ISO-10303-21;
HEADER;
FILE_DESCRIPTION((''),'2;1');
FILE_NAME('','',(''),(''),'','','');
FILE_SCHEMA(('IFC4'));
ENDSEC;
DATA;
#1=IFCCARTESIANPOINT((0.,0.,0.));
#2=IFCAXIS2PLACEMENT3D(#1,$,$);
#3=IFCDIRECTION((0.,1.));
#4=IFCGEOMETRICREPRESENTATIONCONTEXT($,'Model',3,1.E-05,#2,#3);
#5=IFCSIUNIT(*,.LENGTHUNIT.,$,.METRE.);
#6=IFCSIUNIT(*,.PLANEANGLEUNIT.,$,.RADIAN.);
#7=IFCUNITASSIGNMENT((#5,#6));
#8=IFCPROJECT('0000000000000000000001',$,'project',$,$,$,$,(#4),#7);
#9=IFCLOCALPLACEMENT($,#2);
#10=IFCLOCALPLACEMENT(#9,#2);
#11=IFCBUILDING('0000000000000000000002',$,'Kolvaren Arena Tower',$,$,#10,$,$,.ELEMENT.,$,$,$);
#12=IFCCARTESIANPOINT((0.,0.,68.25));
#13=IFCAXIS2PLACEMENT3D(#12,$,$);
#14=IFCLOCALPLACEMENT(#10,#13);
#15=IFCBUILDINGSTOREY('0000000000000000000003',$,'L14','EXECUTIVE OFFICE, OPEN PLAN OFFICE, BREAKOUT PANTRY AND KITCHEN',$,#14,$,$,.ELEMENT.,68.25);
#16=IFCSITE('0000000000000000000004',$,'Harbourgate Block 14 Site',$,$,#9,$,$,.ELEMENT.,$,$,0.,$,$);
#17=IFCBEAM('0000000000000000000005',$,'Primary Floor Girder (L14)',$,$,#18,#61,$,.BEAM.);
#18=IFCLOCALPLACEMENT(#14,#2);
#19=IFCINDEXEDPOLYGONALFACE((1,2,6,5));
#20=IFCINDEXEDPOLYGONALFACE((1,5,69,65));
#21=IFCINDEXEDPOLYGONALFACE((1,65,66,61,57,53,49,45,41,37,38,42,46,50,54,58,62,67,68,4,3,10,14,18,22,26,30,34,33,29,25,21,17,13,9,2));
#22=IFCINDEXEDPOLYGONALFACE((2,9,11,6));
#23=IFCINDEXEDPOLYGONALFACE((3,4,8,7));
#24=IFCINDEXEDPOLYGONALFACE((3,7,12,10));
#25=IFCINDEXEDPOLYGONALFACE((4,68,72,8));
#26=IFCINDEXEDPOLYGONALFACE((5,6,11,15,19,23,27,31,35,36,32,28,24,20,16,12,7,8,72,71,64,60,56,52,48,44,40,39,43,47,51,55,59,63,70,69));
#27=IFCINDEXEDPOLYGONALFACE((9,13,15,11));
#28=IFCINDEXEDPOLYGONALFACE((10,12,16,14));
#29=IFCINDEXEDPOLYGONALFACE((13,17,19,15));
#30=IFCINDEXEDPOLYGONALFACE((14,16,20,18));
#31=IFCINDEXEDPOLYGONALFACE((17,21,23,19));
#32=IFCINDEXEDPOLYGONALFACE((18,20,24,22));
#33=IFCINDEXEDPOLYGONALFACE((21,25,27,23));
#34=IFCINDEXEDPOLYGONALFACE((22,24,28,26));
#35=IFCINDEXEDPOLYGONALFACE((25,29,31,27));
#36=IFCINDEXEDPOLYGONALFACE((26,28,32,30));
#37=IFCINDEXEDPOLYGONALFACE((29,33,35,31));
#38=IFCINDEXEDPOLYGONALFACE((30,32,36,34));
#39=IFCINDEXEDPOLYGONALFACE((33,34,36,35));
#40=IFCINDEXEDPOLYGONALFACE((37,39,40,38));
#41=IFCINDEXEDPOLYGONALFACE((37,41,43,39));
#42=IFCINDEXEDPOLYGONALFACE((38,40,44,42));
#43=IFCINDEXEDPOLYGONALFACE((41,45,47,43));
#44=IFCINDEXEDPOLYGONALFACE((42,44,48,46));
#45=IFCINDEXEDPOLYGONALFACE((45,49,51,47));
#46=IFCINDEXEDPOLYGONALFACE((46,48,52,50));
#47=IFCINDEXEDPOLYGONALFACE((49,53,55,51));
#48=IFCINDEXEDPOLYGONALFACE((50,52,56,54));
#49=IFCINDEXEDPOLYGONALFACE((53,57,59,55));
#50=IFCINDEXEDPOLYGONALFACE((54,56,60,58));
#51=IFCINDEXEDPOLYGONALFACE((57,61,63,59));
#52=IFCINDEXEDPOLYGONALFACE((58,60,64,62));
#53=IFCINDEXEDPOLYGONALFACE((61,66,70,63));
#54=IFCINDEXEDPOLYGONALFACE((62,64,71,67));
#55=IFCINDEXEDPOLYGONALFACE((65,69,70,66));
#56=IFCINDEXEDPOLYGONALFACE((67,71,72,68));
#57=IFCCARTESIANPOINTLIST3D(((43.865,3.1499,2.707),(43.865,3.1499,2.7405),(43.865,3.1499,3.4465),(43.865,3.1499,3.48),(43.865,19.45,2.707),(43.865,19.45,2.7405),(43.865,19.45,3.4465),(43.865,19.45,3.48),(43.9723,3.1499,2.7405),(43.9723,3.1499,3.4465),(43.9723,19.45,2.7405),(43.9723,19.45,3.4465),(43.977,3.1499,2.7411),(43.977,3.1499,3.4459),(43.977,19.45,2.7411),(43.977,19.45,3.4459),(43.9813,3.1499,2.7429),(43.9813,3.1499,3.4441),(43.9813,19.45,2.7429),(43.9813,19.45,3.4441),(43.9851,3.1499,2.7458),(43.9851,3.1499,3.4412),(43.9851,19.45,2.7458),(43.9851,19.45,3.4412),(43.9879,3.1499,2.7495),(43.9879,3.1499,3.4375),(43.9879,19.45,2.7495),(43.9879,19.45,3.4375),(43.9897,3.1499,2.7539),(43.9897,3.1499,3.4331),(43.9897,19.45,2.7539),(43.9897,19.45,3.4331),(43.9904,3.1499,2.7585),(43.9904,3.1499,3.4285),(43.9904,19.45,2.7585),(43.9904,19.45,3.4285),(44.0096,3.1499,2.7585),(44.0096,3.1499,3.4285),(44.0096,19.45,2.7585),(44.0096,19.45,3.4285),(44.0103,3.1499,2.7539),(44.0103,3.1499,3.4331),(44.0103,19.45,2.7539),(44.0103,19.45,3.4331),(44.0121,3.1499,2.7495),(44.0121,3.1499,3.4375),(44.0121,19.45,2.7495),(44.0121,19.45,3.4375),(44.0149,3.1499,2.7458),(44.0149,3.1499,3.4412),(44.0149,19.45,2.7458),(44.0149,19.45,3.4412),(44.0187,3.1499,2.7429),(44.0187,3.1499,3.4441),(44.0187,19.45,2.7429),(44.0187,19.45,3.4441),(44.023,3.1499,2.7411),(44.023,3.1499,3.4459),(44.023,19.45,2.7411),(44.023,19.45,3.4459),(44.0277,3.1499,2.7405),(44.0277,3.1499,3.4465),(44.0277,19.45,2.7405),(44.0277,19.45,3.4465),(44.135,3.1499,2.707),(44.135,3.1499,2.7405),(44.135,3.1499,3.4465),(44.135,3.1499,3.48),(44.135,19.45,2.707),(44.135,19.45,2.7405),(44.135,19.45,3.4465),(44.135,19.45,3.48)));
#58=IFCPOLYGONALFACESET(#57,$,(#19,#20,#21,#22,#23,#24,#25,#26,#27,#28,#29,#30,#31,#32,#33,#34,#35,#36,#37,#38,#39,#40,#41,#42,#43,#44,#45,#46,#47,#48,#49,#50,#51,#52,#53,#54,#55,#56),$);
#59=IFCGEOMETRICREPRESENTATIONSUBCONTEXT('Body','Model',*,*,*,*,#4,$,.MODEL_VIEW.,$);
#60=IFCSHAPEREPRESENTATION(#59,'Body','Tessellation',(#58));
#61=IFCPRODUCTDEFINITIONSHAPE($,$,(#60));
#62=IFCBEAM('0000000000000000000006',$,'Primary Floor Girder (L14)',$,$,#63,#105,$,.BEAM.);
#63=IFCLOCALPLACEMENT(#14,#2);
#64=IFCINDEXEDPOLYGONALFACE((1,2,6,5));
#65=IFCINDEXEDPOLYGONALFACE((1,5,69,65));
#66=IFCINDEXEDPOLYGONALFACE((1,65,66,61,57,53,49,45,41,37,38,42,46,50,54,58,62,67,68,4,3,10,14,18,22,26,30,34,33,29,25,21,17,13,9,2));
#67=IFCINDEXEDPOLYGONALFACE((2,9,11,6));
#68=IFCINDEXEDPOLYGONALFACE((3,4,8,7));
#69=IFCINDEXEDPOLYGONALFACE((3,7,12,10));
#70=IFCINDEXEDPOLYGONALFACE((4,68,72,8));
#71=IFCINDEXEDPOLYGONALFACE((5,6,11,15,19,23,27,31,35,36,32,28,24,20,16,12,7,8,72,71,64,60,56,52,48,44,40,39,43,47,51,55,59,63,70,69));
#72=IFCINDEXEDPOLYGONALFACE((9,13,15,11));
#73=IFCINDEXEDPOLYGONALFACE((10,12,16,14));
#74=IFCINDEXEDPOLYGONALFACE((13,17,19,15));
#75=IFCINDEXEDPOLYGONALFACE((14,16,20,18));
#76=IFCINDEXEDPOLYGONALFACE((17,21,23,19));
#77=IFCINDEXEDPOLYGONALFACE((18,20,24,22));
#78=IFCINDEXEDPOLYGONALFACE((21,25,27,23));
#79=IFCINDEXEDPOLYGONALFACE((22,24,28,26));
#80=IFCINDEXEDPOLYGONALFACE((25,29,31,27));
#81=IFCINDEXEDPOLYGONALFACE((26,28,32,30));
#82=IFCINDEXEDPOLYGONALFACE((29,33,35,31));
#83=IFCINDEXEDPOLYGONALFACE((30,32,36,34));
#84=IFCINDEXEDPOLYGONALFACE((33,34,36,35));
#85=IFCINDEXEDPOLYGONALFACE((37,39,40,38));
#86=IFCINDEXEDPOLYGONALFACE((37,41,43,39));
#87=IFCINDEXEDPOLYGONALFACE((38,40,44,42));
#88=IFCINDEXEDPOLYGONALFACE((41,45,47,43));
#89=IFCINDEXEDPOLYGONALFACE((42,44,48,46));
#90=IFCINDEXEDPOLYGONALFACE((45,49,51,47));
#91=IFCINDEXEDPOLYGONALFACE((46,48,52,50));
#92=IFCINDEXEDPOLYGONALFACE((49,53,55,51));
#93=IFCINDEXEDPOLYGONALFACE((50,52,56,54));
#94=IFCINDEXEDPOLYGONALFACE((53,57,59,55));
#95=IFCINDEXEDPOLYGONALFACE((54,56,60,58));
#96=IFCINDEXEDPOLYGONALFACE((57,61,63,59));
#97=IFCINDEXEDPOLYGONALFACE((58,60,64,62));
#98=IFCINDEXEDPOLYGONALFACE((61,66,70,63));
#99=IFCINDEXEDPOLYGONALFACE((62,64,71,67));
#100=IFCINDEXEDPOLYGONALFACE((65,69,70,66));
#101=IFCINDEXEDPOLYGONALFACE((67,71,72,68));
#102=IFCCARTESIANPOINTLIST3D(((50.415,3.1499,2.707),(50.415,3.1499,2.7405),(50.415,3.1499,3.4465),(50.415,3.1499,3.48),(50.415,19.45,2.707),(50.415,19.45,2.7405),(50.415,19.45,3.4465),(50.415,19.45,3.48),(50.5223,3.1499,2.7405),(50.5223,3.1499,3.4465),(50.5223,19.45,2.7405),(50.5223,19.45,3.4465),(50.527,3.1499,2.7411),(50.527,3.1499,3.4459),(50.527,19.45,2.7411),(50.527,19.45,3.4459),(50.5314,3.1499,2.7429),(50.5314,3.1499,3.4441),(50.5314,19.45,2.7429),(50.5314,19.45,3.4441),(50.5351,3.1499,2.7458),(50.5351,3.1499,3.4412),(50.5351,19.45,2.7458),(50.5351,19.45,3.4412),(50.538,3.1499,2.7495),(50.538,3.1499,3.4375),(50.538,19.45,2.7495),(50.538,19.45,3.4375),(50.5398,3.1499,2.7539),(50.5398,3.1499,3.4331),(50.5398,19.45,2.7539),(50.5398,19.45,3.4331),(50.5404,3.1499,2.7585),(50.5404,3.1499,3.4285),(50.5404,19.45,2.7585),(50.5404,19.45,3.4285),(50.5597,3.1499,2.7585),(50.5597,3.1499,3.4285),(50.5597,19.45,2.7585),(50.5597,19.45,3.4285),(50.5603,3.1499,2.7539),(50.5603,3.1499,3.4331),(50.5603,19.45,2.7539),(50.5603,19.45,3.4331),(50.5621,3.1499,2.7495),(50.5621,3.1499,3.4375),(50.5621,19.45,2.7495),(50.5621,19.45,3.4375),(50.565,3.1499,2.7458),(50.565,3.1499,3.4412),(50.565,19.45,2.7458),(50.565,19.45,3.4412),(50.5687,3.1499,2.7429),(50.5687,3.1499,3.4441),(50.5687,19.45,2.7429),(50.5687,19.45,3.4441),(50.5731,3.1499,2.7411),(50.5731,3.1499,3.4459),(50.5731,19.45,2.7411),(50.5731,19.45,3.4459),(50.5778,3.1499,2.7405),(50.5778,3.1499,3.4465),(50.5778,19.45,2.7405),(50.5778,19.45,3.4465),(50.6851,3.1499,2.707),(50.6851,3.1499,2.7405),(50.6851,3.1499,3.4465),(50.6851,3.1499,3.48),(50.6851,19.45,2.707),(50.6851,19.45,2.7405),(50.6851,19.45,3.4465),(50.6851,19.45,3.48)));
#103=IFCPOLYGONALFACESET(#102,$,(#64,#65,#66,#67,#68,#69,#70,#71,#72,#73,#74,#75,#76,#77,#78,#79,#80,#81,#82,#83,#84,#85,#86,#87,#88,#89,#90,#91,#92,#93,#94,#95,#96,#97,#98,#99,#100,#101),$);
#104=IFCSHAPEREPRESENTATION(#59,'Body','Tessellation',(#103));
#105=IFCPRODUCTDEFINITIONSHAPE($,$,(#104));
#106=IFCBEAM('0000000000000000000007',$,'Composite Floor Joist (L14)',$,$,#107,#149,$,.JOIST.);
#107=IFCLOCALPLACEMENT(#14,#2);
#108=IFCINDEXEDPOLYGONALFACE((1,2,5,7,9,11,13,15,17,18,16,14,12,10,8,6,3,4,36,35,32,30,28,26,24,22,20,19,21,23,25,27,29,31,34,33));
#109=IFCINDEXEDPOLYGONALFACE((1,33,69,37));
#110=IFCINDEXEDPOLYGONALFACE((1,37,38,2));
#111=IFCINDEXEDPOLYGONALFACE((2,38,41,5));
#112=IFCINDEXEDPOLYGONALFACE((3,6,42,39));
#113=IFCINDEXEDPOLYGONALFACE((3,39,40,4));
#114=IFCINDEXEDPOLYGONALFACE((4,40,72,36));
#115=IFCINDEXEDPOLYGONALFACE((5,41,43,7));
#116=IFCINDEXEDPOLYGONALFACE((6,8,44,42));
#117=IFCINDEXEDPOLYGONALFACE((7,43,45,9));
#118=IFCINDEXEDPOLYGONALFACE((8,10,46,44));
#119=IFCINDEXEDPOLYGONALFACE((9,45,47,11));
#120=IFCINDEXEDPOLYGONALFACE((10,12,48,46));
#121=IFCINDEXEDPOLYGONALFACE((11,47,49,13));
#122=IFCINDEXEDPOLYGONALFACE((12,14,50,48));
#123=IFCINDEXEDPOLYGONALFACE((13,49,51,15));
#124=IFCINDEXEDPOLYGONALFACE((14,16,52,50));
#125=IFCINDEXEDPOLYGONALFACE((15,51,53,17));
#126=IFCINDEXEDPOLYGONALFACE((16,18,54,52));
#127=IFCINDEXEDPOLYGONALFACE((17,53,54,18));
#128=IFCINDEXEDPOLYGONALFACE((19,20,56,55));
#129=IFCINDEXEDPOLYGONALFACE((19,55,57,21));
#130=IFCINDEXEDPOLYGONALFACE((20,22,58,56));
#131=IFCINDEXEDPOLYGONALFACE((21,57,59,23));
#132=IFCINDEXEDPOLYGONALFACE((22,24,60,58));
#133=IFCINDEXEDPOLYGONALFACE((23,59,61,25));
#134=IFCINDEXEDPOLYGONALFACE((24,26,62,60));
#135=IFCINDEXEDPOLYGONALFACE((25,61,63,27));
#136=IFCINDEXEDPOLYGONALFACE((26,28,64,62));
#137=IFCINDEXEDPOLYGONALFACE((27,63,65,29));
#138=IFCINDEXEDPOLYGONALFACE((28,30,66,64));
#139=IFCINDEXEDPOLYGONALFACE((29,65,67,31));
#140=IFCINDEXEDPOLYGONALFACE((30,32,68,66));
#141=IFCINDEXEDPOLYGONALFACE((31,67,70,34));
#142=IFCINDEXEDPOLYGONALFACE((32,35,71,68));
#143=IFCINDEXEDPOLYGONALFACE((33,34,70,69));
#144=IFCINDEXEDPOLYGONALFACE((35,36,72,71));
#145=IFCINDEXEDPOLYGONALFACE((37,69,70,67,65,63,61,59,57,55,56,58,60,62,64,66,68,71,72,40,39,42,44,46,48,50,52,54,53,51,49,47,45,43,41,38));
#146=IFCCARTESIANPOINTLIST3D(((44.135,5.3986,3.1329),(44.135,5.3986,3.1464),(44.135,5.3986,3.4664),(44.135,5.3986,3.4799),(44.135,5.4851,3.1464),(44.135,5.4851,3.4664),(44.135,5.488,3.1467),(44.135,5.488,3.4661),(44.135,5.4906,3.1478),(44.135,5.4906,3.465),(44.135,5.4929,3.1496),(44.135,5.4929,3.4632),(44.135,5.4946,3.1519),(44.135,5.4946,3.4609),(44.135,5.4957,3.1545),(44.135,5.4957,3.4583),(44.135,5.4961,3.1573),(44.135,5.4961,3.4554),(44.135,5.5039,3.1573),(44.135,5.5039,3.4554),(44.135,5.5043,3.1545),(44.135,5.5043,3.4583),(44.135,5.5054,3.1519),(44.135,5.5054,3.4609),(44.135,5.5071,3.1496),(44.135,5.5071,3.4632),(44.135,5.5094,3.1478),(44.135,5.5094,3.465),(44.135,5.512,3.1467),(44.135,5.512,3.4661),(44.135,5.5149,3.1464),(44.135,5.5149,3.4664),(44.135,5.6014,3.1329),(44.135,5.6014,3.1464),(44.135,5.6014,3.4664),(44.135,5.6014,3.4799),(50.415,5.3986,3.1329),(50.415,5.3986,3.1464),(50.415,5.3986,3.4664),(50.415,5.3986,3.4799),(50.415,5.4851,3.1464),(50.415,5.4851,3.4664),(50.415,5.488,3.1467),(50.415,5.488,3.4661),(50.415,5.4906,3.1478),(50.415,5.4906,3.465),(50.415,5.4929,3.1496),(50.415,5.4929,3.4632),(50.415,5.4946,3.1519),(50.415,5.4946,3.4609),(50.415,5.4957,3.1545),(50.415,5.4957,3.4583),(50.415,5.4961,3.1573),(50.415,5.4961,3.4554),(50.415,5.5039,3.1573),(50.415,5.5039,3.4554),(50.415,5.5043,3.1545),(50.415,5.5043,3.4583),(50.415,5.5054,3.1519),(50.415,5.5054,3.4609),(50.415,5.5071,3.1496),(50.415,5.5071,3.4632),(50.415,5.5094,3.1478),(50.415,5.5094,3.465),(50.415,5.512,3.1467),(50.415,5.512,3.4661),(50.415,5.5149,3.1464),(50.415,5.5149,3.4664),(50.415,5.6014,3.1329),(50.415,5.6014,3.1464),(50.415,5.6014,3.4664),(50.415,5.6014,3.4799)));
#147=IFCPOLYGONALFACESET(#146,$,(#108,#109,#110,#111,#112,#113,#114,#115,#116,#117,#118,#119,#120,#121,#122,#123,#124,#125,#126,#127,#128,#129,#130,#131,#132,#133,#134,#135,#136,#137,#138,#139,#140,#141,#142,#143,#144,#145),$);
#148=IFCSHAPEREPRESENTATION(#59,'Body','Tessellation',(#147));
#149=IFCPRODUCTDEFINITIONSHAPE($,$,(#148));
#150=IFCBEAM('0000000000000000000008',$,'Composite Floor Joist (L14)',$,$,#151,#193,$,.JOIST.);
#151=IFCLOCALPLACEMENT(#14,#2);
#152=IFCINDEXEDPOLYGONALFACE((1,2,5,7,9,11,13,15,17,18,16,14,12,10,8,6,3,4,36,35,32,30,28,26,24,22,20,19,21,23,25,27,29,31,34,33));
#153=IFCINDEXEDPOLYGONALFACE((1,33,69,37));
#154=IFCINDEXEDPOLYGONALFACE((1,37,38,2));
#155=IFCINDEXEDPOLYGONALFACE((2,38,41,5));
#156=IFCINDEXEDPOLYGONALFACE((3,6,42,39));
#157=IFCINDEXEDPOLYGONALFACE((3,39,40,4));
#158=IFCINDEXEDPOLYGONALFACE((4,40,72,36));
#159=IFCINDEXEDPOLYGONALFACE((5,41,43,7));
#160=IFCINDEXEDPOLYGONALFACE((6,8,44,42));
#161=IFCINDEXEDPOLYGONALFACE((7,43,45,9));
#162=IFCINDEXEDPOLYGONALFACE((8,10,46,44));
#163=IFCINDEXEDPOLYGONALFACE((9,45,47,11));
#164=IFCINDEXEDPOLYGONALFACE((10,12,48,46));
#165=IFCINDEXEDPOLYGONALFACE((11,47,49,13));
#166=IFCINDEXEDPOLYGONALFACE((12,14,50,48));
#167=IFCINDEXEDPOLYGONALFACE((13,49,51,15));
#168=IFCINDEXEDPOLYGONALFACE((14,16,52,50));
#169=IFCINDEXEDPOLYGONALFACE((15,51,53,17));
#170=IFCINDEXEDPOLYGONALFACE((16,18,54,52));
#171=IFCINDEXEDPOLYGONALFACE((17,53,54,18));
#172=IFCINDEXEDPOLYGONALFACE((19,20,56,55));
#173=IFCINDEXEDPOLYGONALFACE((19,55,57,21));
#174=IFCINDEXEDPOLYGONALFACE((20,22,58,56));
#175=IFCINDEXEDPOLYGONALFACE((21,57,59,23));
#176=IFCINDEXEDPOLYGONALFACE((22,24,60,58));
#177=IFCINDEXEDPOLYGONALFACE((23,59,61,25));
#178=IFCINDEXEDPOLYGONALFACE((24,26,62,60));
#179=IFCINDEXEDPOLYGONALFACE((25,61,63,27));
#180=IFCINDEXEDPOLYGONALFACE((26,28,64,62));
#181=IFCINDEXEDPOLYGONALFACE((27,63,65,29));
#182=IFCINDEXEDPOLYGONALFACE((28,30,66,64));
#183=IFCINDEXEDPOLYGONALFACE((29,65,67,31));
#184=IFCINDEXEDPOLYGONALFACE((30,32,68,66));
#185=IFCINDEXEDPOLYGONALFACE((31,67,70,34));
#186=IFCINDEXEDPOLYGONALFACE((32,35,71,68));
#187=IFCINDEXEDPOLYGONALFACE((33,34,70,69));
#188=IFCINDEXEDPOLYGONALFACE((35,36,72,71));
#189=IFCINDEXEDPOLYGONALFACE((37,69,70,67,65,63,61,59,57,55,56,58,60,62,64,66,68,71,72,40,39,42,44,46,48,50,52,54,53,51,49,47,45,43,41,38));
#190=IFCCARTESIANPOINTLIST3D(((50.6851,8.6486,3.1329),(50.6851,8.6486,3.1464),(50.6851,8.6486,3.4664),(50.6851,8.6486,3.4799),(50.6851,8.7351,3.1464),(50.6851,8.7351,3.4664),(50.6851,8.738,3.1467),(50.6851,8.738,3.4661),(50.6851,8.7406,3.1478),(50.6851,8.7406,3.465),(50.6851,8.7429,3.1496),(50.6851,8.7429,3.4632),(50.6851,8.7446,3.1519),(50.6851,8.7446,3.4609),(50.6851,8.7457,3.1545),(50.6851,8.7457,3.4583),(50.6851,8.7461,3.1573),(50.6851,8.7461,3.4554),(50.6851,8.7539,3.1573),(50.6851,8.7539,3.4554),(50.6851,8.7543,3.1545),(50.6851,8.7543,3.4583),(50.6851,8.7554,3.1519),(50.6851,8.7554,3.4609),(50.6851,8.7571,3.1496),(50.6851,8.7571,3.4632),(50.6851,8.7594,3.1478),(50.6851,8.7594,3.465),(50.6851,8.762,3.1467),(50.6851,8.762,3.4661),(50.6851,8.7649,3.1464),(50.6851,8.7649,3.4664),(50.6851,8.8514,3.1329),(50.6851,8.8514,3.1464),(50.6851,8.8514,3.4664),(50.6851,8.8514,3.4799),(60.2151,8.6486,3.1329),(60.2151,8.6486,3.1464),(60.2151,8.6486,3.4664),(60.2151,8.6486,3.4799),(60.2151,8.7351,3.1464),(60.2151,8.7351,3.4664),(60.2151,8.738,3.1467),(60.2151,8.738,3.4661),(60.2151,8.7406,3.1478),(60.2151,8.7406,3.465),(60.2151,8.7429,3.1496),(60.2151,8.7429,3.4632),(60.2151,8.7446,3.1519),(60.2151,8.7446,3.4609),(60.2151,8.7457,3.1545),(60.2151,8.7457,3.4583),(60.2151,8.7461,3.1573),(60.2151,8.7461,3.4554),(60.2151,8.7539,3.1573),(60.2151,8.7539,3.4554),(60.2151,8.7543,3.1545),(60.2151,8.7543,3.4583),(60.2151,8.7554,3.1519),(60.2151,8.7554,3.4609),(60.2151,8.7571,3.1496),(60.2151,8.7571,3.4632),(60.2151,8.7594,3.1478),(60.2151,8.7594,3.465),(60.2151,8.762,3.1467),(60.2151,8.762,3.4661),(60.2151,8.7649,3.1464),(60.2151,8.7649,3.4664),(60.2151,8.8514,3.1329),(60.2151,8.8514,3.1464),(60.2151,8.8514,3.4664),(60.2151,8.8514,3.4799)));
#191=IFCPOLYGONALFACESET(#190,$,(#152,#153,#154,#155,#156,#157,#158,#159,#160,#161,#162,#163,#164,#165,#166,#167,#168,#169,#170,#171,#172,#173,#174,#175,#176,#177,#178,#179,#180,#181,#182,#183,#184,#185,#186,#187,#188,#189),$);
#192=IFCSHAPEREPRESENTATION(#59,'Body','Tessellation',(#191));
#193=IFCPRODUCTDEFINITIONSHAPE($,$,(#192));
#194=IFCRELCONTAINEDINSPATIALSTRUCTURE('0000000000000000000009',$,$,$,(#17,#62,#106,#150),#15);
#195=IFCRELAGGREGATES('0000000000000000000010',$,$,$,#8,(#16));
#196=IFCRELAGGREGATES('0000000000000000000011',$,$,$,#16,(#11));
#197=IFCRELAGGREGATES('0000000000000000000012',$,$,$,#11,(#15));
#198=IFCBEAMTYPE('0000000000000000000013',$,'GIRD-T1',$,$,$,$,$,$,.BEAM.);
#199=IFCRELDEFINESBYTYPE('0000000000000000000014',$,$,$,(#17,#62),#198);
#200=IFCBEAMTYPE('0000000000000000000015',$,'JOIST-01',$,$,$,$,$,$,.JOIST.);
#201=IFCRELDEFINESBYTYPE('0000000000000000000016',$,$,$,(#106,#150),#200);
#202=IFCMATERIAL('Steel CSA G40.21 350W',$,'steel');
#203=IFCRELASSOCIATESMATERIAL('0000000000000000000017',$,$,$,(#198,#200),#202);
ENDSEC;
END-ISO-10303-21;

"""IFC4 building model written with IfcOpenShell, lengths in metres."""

from ifc_helpers import new_model, si_unit, direction, frame, origin, origin_2d, place, context, subcontext, project, spatial, i_section, extrude, material, material_profile, profile_set, type_object, element, save


model = new_model("IFC4")

# Units and contexts
model_context = context("Model", 3, precision=1e-05, world=origin(), true_north=direction((0.0, 1.0)))
body_context = subcontext(model_context, "Body", "Model", "MODEL_VIEW")
ifc_project = project(units=[si_unit("LENGTHUNIT", "METRE"), si_unit("PLANEANGLEUNIT", "RADIAN")], contexts=[model_context])

# Site, building, storey
site_placement = place(None, origin())
site = spatial("IfcSite", under=ifc_project, at=site_placement, Name="Harbourgate Block 14 Site", CompositionType="ELEMENT", RefElevation=0.0)
building_placement = place(site_placement, origin())
building = spatial("IfcBuilding", under=site, at=building_placement, Name="Kolvaren Arena Tower", CompositionType="ELEMENT")
storey_placement = place(building_placement, frame((0.0, 0.0, 68.25)))
storey = spatial("IfcBuildingStorey", under=building, at=storey_placement, Name="L14", Description="EXECUTIVE OFFICE, OPEN PLAN OFFICE, BREAKOUT PANTRY AND KITCHEN", CompositionType="ELEMENT", Elevation=68.25)

# Beams
ifc_material_1 = material(Name="Steel CSA G40.21 350W", Category="steel")
ifc_material_profile_1 = material_profile(ifc_material_1, i_section(OverallWidth=0.27, OverallDepth=0.7729, WebThickness=0.0193, FlangeThickness=0.0334, FilletRadius=0.0181, at=origin_2d()), Name="W760x257")
ifc_profile_set_1 = profile_set([ifc_material_profile_1], Name="Steel CSA G40.21 350W")
beam_type_1 = type_object("IfcBeamType", Name="GIRD-T1", PredefinedType="BEAM", material=ifc_profile_set_1)
for number, where, z_axis, x_axis, name in (
    (1, (44.0, 3.1499, 3.0935), (0.0, 1.0, 0.0), (-1.0, 0.0, 0.0), "Primary Floor Girder (L14)"),
    (2, (50.55, 3.1499, 3.0935), (0.0, 1.0, 0.0), (-1.0, 0.0, 0.0), "Primary Floor Girder (L14)"),
):
    element("IfcBeam", number, at=place(storey_placement, frame(where, z_axis=z_axis, x_axis=x_axis)), inside=storey, type_object=beam_type_1, Name=name, PredefinedType="BEAM", context=body_context, shape_type="SweptSolid", body=[
        extrude(i_section(OverallWidth=0.27, OverallDepth=0.7729, WebThickness=0.0193, FlangeThickness=0.0334, FilletRadius=0.0181, at=origin_2d()), origin(), (0.0, 0.0, 1.0), 16.3),
    ])
ifc_material_profile_2 = material_profile(ifc_material_1, i_section(OverallWidth=0.2029, OverallDepth=0.3469, WebThickness=0.0078, FlangeThickness=0.0134, FilletRadius=0.011, at=origin_2d()), Name="W360x64")
ifc_profile_set_2 = profile_set([ifc_material_profile_2], Name="Steel CSA G40.21 350W")
beam_type_2 = type_object("IfcBeamType", Name="JOIST-01", PredefinedType="JOIST", material=ifc_profile_set_2)
beam_1_placement = place(storey_placement, frame((44.135, 5.5, 3.3064), z_axis=(1.0, 0.0, 0.0), x_axis=(0.0, 1.0, 0.0)))
element("IfcBeam", 3, at=beam_1_placement, inside=storey, type_object=beam_type_2, Name="Composite Floor Joist (L14)", PredefinedType="JOIST", context=body_context, shape_type="SweptSolid", body=[
    extrude(i_section(OverallWidth=0.2029, OverallDepth=0.3469, WebThickness=0.0078, FlangeThickness=0.0134, FilletRadius=0.011, at=origin_2d()), origin(), (0.0, 0.0, 1.0), 6.28),
])
beam_2_placement = place(storey_placement, frame((50.6851, 8.75, 3.3064), z_axis=(1.0, 0.0, 0.0), x_axis=(0.0, 1.0, 0.0)))
element("IfcBeam", 4, at=beam_2_placement, inside=storey, type_object=beam_type_2, Name="Composite Floor Joist (L14)", PredefinedType="JOIST", context=body_context, shape_type="SweptSolid", body=[
    extrude(i_section(OverallWidth=0.2029, OverallDepth=0.3469, WebThickness=0.0078, FlangeThickness=0.0134, FilletRadius=0.011, at=origin_2d()), origin(), (0.0, 0.0, 1.0), 9.53),
])

save(model, "model.ifc")
